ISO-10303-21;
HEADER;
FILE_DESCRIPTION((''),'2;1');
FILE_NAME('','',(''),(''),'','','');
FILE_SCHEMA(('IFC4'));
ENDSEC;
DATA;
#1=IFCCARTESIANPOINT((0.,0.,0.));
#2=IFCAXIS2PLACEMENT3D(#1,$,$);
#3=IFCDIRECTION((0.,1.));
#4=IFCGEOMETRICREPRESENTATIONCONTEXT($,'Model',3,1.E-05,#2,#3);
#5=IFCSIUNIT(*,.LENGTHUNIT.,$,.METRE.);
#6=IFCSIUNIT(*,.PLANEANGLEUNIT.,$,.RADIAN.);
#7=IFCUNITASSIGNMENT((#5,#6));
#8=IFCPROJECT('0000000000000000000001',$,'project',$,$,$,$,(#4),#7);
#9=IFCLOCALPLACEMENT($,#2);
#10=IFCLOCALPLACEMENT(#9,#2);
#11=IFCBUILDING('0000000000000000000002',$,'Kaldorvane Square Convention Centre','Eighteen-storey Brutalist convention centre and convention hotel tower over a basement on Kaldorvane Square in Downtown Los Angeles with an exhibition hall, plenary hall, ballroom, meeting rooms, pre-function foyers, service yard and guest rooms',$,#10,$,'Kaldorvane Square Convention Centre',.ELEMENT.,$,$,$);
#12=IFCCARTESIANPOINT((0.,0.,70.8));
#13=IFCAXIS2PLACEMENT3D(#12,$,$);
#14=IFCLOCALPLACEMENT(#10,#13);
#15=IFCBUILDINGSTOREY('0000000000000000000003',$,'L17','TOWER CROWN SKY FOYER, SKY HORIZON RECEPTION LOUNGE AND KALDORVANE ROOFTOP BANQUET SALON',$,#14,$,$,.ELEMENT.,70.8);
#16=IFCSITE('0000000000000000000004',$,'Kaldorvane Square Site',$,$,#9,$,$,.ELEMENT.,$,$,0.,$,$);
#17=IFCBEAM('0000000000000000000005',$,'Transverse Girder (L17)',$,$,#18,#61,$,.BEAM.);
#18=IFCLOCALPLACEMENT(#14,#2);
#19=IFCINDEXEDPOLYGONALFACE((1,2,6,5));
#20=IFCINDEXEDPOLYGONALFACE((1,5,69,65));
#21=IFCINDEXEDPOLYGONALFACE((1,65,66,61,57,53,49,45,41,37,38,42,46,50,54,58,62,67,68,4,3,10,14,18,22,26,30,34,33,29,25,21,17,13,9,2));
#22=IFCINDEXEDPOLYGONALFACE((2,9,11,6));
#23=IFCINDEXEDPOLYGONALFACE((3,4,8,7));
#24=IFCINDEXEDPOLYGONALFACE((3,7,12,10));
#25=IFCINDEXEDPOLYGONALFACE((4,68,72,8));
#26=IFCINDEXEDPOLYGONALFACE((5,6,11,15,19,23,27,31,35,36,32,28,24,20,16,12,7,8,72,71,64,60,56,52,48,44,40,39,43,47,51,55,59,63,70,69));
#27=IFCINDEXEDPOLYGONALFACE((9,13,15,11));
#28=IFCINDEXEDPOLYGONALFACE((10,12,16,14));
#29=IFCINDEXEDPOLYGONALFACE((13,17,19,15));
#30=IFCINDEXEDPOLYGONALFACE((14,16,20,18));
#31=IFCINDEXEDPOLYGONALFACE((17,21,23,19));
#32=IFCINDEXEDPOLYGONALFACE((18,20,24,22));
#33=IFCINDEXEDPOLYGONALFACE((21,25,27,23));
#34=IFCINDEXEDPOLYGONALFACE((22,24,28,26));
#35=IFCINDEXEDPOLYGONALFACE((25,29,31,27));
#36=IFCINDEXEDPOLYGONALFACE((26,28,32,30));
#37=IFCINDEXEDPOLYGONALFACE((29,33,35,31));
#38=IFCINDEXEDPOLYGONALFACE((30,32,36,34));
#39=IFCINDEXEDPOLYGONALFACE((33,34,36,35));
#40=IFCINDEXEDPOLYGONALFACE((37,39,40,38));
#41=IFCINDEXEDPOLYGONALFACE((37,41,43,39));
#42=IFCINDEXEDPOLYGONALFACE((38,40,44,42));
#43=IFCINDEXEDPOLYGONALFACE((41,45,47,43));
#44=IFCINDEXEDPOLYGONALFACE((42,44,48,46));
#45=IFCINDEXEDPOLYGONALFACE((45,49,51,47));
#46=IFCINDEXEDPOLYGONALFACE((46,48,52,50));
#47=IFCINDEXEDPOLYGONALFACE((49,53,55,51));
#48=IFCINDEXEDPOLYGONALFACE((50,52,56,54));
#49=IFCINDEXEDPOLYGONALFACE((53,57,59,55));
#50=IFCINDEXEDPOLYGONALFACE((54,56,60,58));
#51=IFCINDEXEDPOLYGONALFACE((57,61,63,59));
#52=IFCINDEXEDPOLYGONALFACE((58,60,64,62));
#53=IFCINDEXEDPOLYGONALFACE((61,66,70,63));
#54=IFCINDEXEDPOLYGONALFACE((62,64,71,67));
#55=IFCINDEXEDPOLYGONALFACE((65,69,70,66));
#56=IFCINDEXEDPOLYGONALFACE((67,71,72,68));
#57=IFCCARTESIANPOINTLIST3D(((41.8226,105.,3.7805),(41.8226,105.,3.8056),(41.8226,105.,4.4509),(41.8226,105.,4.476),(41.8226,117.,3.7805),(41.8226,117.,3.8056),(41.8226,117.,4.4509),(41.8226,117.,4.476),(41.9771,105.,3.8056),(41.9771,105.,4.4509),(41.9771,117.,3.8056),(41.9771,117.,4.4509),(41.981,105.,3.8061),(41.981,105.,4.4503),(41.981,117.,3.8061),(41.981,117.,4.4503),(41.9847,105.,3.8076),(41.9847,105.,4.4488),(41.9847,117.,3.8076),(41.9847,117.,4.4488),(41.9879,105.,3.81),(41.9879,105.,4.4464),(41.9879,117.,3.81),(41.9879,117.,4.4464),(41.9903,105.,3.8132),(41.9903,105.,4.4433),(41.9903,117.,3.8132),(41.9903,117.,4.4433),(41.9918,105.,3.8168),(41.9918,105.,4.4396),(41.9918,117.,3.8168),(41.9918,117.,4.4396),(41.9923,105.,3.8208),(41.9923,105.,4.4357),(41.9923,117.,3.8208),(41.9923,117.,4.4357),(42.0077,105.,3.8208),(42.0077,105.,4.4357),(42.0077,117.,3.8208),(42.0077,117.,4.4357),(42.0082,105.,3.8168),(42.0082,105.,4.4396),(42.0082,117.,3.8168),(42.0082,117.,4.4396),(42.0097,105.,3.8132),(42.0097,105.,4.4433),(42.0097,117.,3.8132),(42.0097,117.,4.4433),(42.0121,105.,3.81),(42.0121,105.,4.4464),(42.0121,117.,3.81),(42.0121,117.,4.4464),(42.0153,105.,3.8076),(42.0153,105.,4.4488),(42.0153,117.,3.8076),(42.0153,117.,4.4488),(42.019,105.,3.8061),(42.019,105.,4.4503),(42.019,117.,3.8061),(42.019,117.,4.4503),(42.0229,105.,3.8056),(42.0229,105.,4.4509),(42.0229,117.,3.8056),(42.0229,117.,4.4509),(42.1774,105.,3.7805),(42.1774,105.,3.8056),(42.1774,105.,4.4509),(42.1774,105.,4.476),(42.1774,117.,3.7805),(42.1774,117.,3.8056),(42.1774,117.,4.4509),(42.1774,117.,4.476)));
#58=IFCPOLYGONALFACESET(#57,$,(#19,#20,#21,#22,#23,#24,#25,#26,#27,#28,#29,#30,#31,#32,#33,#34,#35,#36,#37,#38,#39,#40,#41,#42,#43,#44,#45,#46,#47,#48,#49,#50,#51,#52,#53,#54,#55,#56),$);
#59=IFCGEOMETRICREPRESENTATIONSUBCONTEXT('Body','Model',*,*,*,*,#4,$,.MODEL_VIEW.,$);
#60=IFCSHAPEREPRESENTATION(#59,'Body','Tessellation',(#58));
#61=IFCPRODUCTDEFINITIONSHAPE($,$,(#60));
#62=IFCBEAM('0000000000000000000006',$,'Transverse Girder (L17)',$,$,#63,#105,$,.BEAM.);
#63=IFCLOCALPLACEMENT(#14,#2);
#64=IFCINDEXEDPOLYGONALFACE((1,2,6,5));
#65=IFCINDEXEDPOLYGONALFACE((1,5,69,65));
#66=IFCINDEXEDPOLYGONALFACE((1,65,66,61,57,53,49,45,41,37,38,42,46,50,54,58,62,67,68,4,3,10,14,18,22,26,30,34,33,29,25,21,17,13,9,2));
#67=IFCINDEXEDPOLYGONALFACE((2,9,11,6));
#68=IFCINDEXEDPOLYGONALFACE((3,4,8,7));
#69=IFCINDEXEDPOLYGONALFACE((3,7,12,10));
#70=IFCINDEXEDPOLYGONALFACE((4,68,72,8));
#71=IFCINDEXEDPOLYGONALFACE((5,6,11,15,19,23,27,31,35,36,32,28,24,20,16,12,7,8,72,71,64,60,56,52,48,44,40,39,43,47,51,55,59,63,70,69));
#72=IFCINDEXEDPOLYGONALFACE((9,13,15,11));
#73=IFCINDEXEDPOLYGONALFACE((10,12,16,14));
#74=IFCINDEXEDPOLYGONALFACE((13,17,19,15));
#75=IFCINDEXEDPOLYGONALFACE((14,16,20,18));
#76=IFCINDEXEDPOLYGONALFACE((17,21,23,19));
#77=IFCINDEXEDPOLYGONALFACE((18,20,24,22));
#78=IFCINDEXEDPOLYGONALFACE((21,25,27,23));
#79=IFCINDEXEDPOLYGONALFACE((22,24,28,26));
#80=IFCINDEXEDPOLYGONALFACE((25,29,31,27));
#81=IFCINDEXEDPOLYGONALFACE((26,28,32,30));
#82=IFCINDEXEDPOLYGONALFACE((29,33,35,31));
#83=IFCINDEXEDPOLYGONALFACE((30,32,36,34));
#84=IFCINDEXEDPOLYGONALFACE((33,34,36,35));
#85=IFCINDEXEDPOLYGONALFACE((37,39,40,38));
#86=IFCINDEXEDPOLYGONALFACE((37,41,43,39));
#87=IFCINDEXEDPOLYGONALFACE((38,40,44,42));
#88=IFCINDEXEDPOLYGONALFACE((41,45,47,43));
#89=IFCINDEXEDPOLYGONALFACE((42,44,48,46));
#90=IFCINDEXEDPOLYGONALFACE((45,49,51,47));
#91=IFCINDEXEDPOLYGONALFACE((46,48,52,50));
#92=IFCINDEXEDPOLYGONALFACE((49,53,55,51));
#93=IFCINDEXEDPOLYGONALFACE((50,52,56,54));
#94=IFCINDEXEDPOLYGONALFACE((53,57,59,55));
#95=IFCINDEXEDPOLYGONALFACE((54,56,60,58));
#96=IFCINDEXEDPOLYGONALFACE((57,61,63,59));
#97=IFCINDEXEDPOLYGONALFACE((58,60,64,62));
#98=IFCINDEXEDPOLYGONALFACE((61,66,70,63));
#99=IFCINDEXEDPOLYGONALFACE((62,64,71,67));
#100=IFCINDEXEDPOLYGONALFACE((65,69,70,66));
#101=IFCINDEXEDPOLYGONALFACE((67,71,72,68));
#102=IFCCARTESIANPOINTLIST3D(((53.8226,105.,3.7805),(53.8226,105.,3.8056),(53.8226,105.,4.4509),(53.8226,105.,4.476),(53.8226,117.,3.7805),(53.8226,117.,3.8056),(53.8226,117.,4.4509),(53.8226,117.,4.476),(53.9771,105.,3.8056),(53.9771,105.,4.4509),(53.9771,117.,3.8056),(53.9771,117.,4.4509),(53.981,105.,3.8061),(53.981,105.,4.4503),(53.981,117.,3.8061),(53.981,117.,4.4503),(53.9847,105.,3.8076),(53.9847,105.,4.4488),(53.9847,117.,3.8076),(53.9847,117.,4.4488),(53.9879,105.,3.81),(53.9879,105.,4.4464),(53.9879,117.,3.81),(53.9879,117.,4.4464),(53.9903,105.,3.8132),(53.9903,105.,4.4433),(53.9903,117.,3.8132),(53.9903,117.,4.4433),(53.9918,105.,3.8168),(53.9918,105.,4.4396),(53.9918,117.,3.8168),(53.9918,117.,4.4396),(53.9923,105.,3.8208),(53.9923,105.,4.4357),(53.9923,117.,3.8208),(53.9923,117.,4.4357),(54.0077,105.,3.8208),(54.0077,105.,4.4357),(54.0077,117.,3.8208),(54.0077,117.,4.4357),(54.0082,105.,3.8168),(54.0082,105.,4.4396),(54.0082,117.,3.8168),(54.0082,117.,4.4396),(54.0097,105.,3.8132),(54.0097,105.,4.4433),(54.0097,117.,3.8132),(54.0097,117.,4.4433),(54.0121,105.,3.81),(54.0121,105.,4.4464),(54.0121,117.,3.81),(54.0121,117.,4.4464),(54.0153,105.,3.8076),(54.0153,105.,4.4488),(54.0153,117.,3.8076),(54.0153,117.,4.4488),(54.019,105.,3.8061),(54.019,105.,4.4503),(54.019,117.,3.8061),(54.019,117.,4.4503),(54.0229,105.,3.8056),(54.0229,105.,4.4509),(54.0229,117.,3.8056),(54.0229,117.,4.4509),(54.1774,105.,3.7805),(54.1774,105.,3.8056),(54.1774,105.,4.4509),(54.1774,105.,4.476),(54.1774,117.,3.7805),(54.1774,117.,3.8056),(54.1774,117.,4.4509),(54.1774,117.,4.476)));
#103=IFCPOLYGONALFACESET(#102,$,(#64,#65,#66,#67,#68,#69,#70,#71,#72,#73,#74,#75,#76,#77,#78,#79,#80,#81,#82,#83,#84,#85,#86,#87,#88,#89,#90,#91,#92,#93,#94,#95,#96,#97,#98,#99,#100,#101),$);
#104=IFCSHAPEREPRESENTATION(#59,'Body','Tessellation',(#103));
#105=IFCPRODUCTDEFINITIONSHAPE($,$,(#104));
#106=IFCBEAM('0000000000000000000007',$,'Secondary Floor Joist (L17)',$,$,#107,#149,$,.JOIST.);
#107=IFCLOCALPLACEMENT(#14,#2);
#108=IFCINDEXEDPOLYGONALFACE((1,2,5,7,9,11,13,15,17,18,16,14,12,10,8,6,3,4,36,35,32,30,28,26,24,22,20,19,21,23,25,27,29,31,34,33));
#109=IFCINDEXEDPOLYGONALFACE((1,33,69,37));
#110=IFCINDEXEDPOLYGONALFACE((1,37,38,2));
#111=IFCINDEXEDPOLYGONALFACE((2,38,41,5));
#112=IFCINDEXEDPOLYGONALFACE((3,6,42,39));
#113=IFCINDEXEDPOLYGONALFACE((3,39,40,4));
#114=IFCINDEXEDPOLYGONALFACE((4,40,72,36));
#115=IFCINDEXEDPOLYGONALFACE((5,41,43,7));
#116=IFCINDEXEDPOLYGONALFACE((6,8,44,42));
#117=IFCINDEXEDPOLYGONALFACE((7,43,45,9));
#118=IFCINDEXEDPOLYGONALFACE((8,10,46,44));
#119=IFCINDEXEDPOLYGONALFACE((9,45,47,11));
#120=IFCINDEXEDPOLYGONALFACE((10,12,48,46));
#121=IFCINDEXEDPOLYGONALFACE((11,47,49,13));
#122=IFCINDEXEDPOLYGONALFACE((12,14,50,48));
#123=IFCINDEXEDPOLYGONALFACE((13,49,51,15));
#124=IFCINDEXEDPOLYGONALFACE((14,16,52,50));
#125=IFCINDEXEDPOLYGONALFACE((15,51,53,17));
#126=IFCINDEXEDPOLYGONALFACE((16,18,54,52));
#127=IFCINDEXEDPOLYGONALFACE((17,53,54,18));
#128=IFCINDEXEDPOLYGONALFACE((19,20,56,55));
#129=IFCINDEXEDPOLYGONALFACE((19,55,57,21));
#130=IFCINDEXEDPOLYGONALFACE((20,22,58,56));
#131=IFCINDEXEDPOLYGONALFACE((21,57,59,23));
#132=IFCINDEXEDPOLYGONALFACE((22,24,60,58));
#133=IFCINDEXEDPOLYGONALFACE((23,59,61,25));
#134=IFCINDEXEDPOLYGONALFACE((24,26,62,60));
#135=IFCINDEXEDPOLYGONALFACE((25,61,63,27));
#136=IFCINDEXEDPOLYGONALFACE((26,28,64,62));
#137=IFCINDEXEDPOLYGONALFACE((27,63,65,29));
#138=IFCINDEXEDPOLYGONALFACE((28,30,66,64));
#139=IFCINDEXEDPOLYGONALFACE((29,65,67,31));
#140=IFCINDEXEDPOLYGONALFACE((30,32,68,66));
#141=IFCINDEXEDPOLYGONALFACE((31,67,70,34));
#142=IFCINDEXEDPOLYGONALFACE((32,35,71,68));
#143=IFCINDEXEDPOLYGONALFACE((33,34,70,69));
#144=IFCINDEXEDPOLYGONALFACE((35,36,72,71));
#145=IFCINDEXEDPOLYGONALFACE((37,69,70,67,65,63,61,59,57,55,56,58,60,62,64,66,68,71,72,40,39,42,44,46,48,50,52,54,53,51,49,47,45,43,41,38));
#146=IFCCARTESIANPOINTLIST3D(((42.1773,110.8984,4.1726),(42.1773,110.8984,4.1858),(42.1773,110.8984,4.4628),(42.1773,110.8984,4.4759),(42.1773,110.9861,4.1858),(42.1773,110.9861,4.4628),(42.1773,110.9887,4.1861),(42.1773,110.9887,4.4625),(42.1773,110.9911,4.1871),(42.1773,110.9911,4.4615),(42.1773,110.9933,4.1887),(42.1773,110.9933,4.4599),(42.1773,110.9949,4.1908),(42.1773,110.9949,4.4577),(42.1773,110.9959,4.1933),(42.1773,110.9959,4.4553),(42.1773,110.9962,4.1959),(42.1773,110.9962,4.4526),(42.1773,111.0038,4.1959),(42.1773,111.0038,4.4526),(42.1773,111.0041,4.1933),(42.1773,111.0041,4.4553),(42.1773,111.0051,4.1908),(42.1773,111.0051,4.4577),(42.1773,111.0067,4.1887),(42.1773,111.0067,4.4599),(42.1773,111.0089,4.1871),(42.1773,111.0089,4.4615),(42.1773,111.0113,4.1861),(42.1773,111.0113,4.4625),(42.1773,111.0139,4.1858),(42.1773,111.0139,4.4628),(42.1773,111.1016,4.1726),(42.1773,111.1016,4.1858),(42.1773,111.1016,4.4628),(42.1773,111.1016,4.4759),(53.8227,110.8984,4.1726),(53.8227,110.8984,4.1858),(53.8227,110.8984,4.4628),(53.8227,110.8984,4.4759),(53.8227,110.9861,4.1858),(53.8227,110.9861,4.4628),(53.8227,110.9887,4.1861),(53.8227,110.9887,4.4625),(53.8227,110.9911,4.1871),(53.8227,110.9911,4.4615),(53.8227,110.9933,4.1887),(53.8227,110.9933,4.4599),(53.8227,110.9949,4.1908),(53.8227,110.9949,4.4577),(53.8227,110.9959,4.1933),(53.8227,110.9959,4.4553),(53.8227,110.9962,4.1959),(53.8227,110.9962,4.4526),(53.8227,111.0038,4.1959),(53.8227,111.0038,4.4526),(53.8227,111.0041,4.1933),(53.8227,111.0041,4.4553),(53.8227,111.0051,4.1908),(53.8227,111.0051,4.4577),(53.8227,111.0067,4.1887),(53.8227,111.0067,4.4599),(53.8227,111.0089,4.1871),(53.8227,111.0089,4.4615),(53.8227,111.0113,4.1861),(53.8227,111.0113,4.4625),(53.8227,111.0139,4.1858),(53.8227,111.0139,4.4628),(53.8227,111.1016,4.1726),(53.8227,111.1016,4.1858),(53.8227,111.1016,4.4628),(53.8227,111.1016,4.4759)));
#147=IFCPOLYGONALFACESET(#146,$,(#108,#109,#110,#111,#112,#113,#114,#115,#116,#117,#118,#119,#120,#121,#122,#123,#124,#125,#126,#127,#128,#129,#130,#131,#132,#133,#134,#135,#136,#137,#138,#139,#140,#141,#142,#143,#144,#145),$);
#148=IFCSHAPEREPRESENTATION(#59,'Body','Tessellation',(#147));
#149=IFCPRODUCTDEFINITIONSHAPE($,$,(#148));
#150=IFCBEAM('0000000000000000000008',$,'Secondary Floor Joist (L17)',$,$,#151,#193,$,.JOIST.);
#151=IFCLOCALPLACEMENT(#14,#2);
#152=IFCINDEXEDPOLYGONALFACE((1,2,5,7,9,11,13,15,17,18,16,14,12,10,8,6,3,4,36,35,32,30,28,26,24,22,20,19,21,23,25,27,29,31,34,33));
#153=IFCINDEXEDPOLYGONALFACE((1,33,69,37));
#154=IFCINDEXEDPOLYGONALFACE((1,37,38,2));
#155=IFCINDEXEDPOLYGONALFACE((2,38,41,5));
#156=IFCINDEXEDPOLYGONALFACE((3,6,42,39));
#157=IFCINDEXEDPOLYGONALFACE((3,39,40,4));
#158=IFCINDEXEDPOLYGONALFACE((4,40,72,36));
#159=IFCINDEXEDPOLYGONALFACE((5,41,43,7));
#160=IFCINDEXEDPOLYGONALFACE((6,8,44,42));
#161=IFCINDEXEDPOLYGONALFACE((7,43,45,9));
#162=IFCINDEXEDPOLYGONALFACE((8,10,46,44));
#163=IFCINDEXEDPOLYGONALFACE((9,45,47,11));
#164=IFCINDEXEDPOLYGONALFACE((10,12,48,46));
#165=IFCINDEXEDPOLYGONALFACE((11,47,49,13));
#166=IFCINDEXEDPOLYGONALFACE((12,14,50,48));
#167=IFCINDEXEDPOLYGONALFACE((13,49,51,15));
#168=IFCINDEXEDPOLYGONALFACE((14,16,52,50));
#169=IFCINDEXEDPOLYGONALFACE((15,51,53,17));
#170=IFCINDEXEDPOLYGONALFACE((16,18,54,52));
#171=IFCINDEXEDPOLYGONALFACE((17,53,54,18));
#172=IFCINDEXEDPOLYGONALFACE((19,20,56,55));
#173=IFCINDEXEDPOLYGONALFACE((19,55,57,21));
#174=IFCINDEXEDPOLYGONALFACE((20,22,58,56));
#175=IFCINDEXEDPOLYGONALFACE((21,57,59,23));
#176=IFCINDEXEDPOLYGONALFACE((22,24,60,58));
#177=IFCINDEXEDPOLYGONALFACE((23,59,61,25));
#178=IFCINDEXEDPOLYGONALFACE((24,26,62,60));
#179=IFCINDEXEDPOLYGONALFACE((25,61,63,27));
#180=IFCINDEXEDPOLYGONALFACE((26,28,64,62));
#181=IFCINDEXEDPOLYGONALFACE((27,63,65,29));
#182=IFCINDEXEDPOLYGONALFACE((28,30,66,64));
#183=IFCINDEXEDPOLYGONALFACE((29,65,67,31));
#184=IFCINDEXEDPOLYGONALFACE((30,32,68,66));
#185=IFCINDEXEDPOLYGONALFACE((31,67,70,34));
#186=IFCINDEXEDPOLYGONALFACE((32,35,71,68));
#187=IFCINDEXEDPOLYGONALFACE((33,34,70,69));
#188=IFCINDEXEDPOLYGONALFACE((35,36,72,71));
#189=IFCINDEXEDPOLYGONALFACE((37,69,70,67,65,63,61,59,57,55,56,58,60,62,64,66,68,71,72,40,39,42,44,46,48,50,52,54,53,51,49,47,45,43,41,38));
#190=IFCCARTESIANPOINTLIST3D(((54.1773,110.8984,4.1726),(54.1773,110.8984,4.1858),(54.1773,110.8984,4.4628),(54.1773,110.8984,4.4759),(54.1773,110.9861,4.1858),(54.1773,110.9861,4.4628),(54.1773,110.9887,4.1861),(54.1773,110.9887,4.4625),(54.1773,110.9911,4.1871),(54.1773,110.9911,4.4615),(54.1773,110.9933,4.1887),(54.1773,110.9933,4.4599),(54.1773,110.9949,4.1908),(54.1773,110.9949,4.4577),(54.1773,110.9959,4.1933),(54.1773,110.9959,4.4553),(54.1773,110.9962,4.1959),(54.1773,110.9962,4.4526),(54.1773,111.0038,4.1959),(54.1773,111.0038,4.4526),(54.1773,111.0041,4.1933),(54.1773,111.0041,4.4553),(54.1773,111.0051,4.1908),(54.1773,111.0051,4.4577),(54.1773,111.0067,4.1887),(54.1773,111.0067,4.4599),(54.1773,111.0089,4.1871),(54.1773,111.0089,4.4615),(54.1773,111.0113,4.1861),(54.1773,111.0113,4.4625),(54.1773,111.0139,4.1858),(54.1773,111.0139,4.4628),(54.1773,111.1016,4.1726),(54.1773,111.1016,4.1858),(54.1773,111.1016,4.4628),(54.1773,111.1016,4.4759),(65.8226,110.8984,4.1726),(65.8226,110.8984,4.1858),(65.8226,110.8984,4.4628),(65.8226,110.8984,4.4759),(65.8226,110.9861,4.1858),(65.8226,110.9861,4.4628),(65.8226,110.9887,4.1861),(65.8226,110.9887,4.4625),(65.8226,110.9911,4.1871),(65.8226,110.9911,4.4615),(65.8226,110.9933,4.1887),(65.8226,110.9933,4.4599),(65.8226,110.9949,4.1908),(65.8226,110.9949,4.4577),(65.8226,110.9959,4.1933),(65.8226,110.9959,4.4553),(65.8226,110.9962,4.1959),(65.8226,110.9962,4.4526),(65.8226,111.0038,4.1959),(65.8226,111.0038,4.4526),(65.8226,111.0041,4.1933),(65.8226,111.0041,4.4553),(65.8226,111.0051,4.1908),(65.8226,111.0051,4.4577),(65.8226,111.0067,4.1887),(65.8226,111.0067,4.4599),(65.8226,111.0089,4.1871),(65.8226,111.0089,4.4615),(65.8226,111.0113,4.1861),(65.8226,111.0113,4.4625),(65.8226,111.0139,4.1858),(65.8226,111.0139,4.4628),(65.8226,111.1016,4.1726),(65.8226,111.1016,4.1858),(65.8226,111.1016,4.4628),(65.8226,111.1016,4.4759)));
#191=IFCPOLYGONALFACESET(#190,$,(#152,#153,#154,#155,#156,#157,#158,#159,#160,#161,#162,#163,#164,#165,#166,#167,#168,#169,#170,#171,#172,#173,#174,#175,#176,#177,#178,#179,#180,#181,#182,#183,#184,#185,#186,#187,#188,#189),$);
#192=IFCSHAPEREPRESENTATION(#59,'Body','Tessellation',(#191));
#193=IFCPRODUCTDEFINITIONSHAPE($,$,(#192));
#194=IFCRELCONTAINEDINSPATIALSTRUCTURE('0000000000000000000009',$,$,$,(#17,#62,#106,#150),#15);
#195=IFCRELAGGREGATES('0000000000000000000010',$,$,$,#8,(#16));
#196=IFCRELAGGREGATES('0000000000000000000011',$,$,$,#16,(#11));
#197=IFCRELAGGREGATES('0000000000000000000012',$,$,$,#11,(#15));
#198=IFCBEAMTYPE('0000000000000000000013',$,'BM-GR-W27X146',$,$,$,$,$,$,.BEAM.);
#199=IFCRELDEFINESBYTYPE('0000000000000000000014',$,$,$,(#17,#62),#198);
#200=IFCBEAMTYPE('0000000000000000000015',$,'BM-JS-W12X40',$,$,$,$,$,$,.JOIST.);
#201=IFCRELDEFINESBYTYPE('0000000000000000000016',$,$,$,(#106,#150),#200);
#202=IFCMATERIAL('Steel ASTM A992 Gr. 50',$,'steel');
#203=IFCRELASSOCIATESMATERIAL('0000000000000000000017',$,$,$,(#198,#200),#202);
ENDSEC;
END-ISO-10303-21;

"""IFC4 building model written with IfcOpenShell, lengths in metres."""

from ifc_helpers import new_model, si_unit, direction, frame, origin, origin_2d, place, context, subcontext, project, spatial, i_section, extrude, material, material_profile, profile_set, type_object, element, save


model = new_model("IFC4")

# Units and contexts
model_context = context("Model", 3, precision=1e-05, world=origin(), true_north=direction((0.0, 1.0)))
body_context = subcontext(model_context, "Body", "Model", "MODEL_VIEW")
ifc_project = project(units=[si_unit("LENGTHUNIT", "METRE"), si_unit("PLANEANGLEUNIT", "RADIAN")], contexts=[model_context])

# Site, building, storey
site_placement = place(None, origin())
site = spatial("IfcSite", under=ifc_project, at=site_placement, Name="Kaldorvane Square Site", CompositionType="ELEMENT", RefElevation=0.0)
building_placement = place(site_placement, origin())
building = spatial("IfcBuilding", under=site, at=building_placement, Name="Kaldorvane Square Convention Centre", Description="Eighteen-storey Brutalist convention centre and convention hotel tower over a basement on Kaldorvane Square in Downtown Los Angeles with an exhibition hall, plenary hall, ballroom, meeting rooms, pre-function foyers, service yard and guest rooms", LongName="Kaldorvane Square Convention Centre", CompositionType="ELEMENT")
storey_placement = place(building_placement, frame((0.0, 0.0, 70.8)))
storey = spatial("IfcBuildingStorey", under=building, at=storey_placement, Name="L17", Description="TOWER CROWN SKY FOYER, SKY HORIZON RECEPTION LOUNGE AND KALDORVANE ROOFTOP BANQUET SALON", CompositionType="ELEMENT", Elevation=70.8)

# Shared definitions
ifc_material_1 = material(Name="Steel ASTM A992 Gr. 50", Category="steel")

# Beams
ifc_material_profile_1 = material_profile(ifc_material_1, i_section(OverallWidth=0.3547, OverallDepth=0.6955, WebThickness=0.0154, FlangeThickness=0.0251, FilletRadius=0.0152, at=origin_2d()), Name="W27X146")
ifc_profile_set_1 = profile_set([ifc_material_profile_1], Name="Steel ASTM A992 Gr. 50")
beam_type_1 = type_object("IfcBeamType", Name="BM-GR-W27X146", PredefinedType="BEAM", material=ifc_profile_set_1)
for number, where, z_axis, x_axis, name in (
    (1, (42.0, 105.0, 4.1282), (0.0, 1.0, 0.0), (-1.0, 0.0, 0.0), "Transverse Girder (L17)"),
    (2, (54.0, 105.0, 4.1282), (0.0, 1.0, 0.0), (-1.0, 0.0, 0.0), "Transverse Girder (L17)"),
):
    element("IfcBeam", number, at=place(storey_placement, frame(where, z_axis=z_axis, x_axis=x_axis)), inside=storey, type_object=beam_type_1, Name=name, PredefinedType="BEAM", context=body_context, shape_type="SweptSolid", body=[
        extrude(i_section(OverallWidth=0.3547, OverallDepth=0.6955, WebThickness=0.0154, FlangeThickness=0.0251, FilletRadius=0.0152, at=origin_2d()), origin(), (0.0, 0.0, 1.0), 12.0),
    ])
ifc_material_profile_2 = material_profile(ifc_material_1, i_section(OverallWidth=0.2033, OverallDepth=0.3033, WebThickness=0.0075, FlangeThickness=0.0131, FilletRadius=0.0102, at=origin_2d()), Name="W12X40")
ifc_profile_set_2 = profile_set([ifc_material_profile_2], Name="Steel ASTM A992 Gr. 50")
beam_type_2 = type_object("IfcBeamType", Name="BM-JS-W12X40", PredefinedType="JOIST", material=ifc_profile_set_2)
beam_1_placement = place(storey_placement, frame((42.1773, 111.0, 4.3243), z_axis=(1.0, 0.0, 0.0), x_axis=(0.0, 1.0, 0.0)))
element("IfcBeam", 3, at=beam_1_placement, inside=storey, type_object=beam_type_2, Name="Secondary Floor Joist (L17)", PredefinedType="JOIST", context=body_context, shape_type="SweptSolid", body=[
    extrude(i_section(OverallWidth=0.2033, OverallDepth=0.3033, WebThickness=0.0075, FlangeThickness=0.0131, FilletRadius=0.0102, at=origin_2d()), origin(), (0.0, 0.0, 1.0), 11.6454),
])
beam_2_placement = place(storey_placement, frame((54.1773, 111.0, 4.3243), z_axis=(1.0, 0.0, 0.0), x_axis=(0.0, 1.0, 0.0)))
element("IfcBeam", 4, at=beam_2_placement, inside=storey, type_object=beam_type_2, Name="Secondary Floor Joist (L17)", PredefinedType="JOIST", context=body_context, shape_type="SweptSolid", body=[
    extrude(i_section(OverallWidth=0.2033, OverallDepth=0.3033, WebThickness=0.0075, FlangeThickness=0.0131, FilletRadius=0.0102, at=origin_2d()), origin(), (0.0, 0.0, 1.0), 11.6453),
])

save(model, "model.ifc")
